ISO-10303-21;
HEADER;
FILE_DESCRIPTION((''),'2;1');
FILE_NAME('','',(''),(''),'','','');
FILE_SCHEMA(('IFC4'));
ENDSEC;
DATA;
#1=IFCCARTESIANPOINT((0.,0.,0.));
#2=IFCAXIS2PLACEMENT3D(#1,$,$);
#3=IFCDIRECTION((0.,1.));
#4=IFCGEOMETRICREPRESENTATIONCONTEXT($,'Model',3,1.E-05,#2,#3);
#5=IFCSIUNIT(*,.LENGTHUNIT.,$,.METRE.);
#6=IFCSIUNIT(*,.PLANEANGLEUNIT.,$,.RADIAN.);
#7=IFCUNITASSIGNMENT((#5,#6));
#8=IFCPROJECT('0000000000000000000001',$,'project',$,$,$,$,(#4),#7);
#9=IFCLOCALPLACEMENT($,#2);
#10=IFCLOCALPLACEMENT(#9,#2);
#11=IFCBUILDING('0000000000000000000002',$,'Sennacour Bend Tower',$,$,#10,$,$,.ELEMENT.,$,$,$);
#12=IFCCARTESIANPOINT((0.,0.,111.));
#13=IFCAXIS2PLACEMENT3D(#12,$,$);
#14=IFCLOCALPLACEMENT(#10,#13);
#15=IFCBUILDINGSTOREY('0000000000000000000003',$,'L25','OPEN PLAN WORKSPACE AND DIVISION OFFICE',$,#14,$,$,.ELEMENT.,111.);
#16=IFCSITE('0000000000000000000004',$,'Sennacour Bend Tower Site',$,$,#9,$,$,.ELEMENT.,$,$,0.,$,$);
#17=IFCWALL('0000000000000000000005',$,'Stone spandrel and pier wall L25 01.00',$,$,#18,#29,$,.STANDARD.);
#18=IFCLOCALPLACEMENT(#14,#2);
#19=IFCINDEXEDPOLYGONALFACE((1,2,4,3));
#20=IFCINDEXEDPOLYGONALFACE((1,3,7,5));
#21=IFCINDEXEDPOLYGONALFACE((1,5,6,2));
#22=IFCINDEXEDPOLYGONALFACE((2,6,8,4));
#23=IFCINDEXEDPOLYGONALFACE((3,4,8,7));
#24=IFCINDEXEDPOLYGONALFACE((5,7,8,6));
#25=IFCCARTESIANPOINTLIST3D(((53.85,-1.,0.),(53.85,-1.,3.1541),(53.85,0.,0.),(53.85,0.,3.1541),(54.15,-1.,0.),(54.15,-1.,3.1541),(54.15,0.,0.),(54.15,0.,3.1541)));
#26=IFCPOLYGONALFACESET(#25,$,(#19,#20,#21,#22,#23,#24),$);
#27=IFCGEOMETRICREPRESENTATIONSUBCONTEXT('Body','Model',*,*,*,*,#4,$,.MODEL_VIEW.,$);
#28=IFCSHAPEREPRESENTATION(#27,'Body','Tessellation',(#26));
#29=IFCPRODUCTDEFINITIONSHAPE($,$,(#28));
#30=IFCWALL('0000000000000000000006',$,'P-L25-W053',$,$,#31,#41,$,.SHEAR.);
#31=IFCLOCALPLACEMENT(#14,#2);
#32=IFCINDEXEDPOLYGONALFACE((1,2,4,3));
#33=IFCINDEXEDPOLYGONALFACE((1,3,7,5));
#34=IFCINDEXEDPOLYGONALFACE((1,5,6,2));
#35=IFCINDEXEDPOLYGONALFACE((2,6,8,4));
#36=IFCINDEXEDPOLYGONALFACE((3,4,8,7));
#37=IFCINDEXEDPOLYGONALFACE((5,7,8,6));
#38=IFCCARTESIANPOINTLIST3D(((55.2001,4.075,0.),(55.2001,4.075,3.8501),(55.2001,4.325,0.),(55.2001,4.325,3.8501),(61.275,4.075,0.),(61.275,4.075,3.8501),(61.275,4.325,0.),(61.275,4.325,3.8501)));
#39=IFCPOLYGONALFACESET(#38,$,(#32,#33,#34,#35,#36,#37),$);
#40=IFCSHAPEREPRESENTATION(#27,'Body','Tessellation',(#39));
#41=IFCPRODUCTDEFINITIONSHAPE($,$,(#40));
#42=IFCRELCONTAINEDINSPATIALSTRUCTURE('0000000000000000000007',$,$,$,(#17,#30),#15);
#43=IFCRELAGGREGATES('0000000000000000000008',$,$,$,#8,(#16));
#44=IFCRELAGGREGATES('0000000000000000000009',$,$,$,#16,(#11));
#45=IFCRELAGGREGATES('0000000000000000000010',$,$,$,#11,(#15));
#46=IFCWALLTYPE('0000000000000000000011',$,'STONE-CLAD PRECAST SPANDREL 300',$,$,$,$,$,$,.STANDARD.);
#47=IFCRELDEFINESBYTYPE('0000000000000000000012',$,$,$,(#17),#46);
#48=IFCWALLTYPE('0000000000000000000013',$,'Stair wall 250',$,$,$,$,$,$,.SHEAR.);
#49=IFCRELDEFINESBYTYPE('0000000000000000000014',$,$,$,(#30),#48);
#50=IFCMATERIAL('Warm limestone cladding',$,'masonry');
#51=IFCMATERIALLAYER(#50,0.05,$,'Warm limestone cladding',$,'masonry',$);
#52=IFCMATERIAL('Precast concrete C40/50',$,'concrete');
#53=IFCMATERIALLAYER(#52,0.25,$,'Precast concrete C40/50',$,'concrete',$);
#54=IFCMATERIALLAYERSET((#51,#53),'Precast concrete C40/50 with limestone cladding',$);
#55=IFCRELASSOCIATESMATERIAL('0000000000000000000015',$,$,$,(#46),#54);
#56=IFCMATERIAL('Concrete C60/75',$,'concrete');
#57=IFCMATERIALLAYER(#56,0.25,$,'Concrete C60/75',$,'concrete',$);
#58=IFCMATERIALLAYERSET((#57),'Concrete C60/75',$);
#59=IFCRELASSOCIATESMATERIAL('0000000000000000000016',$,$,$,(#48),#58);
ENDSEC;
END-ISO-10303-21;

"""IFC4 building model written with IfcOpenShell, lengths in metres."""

from ifc_helpers import new_model, si_unit, direction, frame, frame_2d, origin, place, context, subcontext, project, spatial, rectangle, extrude, material, layer, layer_set, type_object, element, save


model = new_model("IFC4")

# Units and contexts
model_context = context("Model", 3, precision=1e-05, world=origin(), true_north=direction((0.0, 1.0)))
body_context = subcontext(model_context, "Body", "Model", "MODEL_VIEW")
ifc_project = project(units=[si_unit("LENGTHUNIT", "METRE"), si_unit("PLANEANGLEUNIT", "RADIAN")], contexts=[model_context])

# Site, building, storey
site_placement = place(None, origin())
site = spatial("IfcSite", under=ifc_project, at=site_placement, Name="Sennacour Bend Tower Site", CompositionType="ELEMENT", RefElevation=0.0)
building_placement = place(site_placement, origin())
building = spatial("IfcBuilding", under=site, at=building_placement, Name="Sennacour Bend Tower", CompositionType="ELEMENT")
storey_placement = place(building_placement, frame((0.0, 0.0, 111.0)))
storey = spatial("IfcBuildingStorey", under=building, at=storey_placement, Name="L25", Description="OPEN PLAN WORKSPACE AND DIVISION OFFICE", CompositionType="ELEMENT", Elevation=111.0)

# Shared definitions
ifc_material_1 = material(Name="Warm limestone cladding", Category="masonry")
ifc_layer_1 = layer(ifc_material_1, 0.05, Name="Warm limestone cladding", Category="masonry")
ifc_material_2 = material(Name="Precast concrete C40/50", Category="concrete")
ifc_layer_2 = layer(ifc_material_2, 0.25, Name="Precast concrete C40/50", Category="concrete")
ifc_layer_set_1 = layer_set([ifc_layer_1, ifc_layer_2], Name="Precast concrete C40/50 with limestone cladding")
wall_type_1 = type_object("IfcWallType", Name="STONE-CLAD PRECAST SPANDREL 300", PredefinedType="STANDARD", material=ifc_layer_set_1)

# Walls
wall_1_placement = place(storey_placement, frame((54.0, -1.0, 0.0), z_axis=(0.0, 0.0, 1.0), x_axis=(0.0, 1.0, 0.0)))
element("IfcWall", 1, at=wall_1_placement, inside=storey, type_object=wall_type_1, Name="Stone spandrel and pier wall L25 01.00", PredefinedType="STANDARD", context=body_context, shape_type="SweptSolid", body=[
    extrude(rectangle(XDim=1.0, YDim=0.3, at=frame_2d((0.5, 0.0))), origin(), (0.0, 0.0, 1.0), 3.1541),
])
ifc_material_3 = material(Name="Concrete C60/75", Category="concrete")
ifc_layer_3 = layer(ifc_material_3, 0.25, Name="Concrete C60/75", Category="concrete")
ifc_layer_set_2 = layer_set([ifc_layer_3], Name="Concrete C60/75")
wall_type_2 = type_object("IfcWallType", Name="Stair wall 250", PredefinedType="SHEAR", material=ifc_layer_set_2)
wall_2_placement = place(storey_placement, frame((55.2, 4.2, 0.0), z_axis=(0.0, 0.0, 1.0), x_axis=(1.0, 0.0, 0.0)))
element("IfcWall", 2, at=wall_2_placement, inside=storey, type_object=wall_type_2, Name="P-L25-W053", PredefinedType="SHEAR", context=body_context, shape_type="SweptSolid", body=[
    extrude(rectangle(XDim=6.075, YDim=0.25, at=frame_2d((3.0376, 0.0))), origin(), (0.0, 0.0, 1.0), 3.8501),
])

save(model, "model.ifc")
